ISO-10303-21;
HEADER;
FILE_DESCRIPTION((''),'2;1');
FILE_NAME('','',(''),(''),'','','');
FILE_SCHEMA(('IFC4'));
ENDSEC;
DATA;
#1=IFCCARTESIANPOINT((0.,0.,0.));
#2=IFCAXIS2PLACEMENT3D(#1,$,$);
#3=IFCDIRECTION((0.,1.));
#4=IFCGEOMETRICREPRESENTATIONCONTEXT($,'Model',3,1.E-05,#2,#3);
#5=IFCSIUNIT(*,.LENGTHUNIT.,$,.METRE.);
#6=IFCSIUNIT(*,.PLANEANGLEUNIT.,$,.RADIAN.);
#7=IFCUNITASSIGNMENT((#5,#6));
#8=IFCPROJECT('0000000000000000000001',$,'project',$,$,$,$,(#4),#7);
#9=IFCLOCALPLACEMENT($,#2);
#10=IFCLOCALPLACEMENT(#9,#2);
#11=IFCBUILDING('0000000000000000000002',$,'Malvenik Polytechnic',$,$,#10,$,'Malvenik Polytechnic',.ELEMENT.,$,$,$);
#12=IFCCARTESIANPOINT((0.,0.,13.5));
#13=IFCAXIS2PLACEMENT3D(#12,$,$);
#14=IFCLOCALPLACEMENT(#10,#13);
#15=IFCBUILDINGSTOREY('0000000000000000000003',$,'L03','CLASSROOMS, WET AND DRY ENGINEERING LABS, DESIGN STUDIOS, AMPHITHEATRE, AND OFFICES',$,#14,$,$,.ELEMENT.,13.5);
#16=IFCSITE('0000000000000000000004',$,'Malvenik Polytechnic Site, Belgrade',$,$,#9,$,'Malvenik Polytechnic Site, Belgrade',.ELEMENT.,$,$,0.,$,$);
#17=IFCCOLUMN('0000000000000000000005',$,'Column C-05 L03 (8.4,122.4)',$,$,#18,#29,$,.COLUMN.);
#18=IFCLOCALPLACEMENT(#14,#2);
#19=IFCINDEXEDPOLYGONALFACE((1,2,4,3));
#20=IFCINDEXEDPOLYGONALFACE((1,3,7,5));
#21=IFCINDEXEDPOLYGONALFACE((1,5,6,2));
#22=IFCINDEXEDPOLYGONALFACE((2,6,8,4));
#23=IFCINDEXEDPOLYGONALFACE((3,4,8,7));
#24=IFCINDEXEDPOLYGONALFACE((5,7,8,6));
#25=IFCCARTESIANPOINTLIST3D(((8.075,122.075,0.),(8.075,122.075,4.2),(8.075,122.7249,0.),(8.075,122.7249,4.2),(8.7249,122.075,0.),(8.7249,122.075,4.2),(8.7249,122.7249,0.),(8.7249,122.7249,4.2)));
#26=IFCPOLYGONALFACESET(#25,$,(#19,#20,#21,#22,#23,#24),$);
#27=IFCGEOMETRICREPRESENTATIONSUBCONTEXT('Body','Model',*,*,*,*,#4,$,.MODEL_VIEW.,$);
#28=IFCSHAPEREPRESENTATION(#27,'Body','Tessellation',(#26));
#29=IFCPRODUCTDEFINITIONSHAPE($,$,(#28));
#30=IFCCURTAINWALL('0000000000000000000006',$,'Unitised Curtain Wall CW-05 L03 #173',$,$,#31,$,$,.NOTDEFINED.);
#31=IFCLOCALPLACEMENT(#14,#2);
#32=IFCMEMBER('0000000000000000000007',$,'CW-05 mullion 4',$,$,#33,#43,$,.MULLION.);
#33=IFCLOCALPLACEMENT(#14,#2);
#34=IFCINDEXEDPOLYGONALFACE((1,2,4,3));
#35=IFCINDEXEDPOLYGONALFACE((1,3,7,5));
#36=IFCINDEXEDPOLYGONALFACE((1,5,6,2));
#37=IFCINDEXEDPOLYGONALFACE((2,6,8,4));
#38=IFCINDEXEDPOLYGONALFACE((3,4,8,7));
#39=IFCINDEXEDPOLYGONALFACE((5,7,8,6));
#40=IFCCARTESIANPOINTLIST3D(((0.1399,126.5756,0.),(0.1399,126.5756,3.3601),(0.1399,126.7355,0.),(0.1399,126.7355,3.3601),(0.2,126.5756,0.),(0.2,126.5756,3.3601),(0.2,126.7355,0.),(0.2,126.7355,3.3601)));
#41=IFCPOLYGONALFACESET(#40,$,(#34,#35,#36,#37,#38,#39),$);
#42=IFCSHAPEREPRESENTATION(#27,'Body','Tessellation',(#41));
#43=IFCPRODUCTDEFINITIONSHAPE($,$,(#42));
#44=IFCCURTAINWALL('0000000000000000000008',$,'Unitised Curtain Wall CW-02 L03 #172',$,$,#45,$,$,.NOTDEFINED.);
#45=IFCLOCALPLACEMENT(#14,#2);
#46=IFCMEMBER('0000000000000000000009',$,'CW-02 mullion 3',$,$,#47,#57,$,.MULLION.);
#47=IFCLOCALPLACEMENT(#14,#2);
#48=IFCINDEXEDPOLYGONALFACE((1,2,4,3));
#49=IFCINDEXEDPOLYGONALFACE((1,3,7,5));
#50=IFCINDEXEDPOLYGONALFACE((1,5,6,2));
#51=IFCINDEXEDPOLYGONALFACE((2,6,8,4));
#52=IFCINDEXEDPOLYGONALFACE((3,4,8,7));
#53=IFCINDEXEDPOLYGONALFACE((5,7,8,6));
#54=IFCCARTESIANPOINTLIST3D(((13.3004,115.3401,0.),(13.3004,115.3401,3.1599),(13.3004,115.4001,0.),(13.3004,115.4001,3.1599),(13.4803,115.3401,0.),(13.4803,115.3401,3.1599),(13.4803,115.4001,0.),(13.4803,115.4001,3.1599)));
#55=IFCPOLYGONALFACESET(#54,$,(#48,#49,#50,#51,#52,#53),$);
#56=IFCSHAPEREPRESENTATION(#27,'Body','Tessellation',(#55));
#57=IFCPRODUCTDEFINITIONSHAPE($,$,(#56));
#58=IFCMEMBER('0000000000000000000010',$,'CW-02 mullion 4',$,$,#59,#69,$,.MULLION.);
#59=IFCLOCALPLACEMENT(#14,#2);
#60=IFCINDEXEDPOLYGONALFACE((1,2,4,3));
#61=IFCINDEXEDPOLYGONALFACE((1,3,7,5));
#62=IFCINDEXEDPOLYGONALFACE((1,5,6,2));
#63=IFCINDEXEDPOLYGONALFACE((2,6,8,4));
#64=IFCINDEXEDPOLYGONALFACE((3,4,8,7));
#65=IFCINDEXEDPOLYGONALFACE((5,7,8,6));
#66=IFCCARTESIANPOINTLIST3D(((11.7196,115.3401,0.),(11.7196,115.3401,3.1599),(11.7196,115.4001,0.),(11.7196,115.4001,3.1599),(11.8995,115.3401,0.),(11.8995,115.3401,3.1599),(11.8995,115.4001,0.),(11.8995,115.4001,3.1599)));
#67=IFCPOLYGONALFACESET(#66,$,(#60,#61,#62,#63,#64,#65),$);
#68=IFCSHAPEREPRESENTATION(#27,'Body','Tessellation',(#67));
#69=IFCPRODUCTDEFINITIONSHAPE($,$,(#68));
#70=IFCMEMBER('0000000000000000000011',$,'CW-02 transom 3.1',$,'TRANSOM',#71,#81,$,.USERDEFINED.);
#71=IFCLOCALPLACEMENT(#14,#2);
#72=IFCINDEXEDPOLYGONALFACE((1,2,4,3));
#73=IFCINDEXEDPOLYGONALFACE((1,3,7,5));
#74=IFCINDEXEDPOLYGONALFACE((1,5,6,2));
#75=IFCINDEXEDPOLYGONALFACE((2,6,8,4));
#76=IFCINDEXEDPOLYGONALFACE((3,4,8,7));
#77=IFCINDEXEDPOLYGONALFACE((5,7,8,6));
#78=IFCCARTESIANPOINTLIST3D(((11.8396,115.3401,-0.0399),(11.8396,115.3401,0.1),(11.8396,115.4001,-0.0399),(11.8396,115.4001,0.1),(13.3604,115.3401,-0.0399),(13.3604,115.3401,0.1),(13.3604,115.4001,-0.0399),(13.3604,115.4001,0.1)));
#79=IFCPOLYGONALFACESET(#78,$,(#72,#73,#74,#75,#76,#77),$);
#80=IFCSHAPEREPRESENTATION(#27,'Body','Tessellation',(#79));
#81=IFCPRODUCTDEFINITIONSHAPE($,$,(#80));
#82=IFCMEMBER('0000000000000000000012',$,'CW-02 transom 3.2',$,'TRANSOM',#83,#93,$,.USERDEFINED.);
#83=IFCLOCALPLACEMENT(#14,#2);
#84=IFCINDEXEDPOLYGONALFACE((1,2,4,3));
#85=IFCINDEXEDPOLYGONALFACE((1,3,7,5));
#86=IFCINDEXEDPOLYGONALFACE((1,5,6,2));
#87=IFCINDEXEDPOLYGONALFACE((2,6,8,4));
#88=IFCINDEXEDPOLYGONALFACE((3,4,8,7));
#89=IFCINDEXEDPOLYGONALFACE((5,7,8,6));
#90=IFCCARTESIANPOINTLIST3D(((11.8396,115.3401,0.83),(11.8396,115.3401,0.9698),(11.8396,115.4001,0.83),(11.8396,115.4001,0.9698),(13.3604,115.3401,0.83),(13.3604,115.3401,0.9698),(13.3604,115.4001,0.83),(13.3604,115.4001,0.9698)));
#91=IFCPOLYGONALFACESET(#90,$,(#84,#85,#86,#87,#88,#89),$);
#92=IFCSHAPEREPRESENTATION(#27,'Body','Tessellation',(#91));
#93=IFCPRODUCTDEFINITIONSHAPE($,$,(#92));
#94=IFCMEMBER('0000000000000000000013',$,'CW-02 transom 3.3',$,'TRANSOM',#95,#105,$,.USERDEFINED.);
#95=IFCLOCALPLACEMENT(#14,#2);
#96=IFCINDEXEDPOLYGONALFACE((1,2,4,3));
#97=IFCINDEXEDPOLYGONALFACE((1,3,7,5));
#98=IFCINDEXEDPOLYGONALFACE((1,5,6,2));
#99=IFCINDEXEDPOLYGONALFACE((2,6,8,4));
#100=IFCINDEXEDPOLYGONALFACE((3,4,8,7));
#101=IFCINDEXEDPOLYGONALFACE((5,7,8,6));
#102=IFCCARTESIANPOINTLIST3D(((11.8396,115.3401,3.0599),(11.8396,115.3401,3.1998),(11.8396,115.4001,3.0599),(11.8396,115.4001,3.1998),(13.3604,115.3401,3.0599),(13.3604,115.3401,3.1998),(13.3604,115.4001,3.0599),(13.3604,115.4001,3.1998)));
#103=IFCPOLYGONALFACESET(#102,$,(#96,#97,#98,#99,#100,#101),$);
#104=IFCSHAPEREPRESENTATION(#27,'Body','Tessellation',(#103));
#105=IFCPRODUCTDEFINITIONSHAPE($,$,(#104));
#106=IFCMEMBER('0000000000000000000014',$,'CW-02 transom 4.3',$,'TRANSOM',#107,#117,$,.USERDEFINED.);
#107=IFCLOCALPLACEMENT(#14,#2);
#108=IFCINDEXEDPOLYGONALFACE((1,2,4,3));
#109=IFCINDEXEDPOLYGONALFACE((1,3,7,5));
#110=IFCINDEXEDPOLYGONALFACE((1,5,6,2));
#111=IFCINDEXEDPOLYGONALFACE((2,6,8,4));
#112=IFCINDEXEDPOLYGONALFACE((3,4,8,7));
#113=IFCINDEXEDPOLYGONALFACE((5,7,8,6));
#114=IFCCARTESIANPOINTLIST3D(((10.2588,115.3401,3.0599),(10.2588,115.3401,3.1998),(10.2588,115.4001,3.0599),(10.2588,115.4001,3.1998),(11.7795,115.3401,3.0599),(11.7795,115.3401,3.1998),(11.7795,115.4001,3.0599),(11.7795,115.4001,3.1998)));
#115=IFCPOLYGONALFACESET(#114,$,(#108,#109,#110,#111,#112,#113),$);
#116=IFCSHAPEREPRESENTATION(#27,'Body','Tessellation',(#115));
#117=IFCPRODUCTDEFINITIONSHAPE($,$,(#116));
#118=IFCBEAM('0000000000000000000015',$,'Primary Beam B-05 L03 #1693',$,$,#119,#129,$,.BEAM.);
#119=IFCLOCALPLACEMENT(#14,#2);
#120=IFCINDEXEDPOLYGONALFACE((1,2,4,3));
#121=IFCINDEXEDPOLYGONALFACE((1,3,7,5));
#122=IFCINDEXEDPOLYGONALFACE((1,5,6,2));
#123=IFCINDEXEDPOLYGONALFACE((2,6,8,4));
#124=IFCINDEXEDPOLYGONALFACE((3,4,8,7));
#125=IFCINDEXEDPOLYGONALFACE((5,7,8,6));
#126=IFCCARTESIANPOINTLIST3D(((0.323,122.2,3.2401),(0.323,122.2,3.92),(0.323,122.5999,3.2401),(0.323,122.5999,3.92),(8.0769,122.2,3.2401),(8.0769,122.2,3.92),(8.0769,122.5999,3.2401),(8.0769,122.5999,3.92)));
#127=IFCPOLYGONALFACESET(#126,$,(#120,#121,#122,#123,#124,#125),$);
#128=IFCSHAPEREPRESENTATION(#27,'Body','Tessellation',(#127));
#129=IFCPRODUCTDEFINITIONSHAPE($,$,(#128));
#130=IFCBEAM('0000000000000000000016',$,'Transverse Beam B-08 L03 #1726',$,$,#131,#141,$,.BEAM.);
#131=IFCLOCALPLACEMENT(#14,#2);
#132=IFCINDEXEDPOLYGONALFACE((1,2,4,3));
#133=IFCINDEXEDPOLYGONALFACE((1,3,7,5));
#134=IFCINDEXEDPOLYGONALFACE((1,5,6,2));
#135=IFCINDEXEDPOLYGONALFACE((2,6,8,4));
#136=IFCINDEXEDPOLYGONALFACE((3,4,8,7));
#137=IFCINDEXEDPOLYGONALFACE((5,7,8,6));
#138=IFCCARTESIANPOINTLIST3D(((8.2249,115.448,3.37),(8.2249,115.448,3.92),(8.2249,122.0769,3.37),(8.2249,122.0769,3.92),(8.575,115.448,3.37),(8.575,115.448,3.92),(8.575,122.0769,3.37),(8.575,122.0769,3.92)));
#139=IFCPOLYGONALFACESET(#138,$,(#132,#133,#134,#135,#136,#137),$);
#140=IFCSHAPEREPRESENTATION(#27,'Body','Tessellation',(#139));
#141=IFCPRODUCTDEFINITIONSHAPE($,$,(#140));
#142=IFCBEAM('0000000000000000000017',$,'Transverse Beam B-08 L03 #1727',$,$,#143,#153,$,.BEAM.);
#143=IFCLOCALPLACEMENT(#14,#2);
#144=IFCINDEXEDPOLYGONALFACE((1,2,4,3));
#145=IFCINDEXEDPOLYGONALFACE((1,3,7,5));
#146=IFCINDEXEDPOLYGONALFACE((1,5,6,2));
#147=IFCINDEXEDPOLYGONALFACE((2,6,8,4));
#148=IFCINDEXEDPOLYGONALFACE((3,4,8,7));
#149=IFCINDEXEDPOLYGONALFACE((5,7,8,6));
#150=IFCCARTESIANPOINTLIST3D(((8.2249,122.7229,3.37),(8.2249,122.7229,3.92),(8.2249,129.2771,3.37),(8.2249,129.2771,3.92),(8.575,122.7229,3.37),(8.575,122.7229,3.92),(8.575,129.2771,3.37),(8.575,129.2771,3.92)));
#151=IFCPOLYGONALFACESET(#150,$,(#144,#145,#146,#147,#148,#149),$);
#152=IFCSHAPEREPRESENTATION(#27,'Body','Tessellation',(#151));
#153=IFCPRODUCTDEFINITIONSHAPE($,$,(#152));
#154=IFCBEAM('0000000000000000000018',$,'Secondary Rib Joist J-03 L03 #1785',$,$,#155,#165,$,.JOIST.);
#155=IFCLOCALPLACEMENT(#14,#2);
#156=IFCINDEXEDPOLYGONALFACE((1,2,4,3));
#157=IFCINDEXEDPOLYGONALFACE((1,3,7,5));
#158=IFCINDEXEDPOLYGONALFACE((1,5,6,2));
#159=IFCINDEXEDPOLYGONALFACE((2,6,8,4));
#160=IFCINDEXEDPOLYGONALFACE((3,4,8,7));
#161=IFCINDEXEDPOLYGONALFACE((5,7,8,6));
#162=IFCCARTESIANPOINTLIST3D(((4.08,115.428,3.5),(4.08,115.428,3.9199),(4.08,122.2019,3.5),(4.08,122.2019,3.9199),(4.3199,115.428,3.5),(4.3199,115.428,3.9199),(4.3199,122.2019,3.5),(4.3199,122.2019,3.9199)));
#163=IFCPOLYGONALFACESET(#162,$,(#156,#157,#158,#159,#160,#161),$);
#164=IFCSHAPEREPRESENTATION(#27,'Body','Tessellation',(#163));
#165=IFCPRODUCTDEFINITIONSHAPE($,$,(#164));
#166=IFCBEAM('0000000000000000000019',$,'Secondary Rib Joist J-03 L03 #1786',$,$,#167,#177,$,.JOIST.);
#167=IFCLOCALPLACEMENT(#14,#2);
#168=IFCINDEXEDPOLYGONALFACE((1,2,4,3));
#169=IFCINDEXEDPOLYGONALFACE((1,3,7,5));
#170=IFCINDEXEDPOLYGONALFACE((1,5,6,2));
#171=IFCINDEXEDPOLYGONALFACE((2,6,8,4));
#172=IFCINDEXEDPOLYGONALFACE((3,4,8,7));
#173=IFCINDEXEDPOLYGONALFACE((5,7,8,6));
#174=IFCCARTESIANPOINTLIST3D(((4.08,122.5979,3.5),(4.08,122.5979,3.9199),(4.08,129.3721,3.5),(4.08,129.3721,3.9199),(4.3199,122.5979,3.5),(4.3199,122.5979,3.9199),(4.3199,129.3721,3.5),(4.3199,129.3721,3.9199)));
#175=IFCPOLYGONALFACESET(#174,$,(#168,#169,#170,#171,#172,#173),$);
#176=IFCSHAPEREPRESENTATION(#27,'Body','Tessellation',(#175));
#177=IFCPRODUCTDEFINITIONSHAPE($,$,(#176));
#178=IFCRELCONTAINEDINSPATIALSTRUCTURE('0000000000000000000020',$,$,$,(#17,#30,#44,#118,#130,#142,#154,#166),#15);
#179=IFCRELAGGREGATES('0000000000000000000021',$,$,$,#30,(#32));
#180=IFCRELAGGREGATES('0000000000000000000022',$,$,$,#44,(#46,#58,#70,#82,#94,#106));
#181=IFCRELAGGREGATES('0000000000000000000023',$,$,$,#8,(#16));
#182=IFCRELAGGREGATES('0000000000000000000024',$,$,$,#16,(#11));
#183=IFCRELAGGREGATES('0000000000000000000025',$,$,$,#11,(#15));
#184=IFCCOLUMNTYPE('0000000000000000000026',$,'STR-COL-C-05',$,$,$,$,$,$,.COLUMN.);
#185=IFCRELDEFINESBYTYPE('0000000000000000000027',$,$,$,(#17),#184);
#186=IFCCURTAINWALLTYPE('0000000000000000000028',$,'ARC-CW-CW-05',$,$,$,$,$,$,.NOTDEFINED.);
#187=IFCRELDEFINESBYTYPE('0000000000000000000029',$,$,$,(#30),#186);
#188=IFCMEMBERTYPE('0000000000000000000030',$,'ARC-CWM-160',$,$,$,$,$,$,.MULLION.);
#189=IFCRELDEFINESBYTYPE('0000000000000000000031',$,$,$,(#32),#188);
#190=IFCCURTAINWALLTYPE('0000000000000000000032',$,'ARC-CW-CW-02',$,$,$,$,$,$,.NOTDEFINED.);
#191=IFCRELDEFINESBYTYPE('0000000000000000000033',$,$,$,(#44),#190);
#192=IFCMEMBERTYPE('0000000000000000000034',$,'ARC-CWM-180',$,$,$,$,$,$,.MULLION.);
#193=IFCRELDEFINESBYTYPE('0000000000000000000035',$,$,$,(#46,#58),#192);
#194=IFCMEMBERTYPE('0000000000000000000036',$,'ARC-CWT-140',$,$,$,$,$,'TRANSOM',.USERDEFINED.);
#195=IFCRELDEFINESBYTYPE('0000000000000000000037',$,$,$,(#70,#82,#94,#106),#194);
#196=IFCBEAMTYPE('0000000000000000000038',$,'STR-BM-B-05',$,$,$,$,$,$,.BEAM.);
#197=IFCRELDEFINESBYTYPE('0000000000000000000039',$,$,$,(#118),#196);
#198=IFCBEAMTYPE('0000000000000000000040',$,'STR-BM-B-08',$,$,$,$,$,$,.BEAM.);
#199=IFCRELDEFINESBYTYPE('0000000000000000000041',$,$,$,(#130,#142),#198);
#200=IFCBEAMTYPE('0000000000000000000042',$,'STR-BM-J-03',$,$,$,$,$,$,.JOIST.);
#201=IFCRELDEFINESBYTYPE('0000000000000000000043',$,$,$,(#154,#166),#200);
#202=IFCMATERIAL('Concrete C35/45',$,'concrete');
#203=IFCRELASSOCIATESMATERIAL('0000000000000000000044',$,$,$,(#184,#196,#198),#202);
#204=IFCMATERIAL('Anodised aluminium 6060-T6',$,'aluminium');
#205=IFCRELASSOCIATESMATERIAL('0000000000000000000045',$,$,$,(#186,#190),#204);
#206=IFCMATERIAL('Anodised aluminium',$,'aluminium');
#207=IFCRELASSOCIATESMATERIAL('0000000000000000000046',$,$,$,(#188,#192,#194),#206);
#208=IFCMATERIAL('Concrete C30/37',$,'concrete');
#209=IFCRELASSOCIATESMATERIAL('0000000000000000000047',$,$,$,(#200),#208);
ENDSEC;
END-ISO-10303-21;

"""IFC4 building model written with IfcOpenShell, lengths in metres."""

from ifc_helpers import new_model, si_unit, direction, frame, origin, origin_2d, place, context, subcontext, project, spatial, rectangle, extrude, material, material_profile, profile_set, type_object, element, aggregate, save


model = new_model("IFC4")

# Units and contexts
model_context = context("Model", 3, precision=1e-05, world=origin(), true_north=direction((0.0, 1.0)))
body_context = subcontext(model_context, "Body", "Model", "MODEL_VIEW")
ifc_project = project(units=[si_unit("LENGTHUNIT", "METRE"), si_unit("PLANEANGLEUNIT", "RADIAN")], contexts=[model_context])

# Site, building, storey
site_placement = place(None, origin())
site = spatial("IfcSite", under=ifc_project, at=site_placement, Name="Malvenik Polytechnic Site, Belgrade", LongName="Malvenik Polytechnic Site, Belgrade", CompositionType="ELEMENT", RefElevation=0.0)
building_placement = place(site_placement, origin())
building = spatial("IfcBuilding", under=site, at=building_placement, Name="Malvenik Polytechnic", LongName="Malvenik Polytechnic", CompositionType="ELEMENT")
storey_placement = place(building_placement, frame((0.0, 0.0, 13.5)))
storey = spatial("IfcBuildingStorey", under=building, at=storey_placement, Name="L03", Description="CLASSROOMS, WET AND DRY ENGINEERING LABS, DESIGN STUDIOS, AMPHITHEATRE, AND OFFICES", CompositionType="ELEMENT", Elevation=13.5)

# Column
ifc_material_1 = material(Name="Concrete C35/45", Category="concrete")
ifc_material_profile_1 = material_profile(ifc_material_1, rectangle(XDim=0.6499, YDim=0.6499, at=origin_2d()), Name="RC COL 650x650")
ifc_profile_set_1 = profile_set([ifc_material_profile_1], Name="Concrete C35/45")
column_type = type_object("IfcColumnType", Name="STR-COL-C-05", PredefinedType="COLUMN", material=ifc_profile_set_1)
column_placement = place(storey_placement, frame((8.3999, 122.3999, 0.0), z_axis=(0.0, 0.0, 1.0), x_axis=(1.0, 0.0, 0.0)))
element("IfcColumn", 1, at=column_placement, inside=storey, type_object=column_type, Name="Column C-05 L03 (8.4,122.4)", PredefinedType="COLUMN", context=body_context, shape_type="SweptSolid", body=[
    extrude(rectangle(XDim=0.6499, YDim=0.6499, at=origin_2d()), origin(), (0.0, 0.0, 1.0), 4.2),
])

# Curtain wall, member
ifc_material_2 = material(Name="Anodised aluminium 6060-T6", Category="aluminium")
curtain_wall_type_1 = type_object("IfcCurtainWallType", Name="ARC-CW-CW-05", PredefinedType="NOTDEFINED", material=ifc_material_2)
curtain_wall_1_placement = place(storey_placement, origin())
curtain_wall_1 = element("IfcCurtainWall", 2, at=curtain_wall_1_placement, inside=storey, type_object=curtain_wall_type_1, Name="Unitised Curtain Wall CW-05 L03 #173", PredefinedType="NOTDEFINED")
ifc_material_3 = material(Name="Anodised aluminium", Category="aluminium")
ifc_material_profile_2 = material_profile(ifc_material_3, rectangle(XDim=0.0601, YDim=0.1599, at=origin_2d()), Name="ALU MULLION 60x160")
ifc_profile_set_2 = profile_set([ifc_material_profile_2], Name="Anodised aluminium")
member_type_1 = type_object("IfcMemberType", Name="ARC-CWM-160", PredefinedType="MULLION", material=ifc_profile_set_2)
member_1_placement = place(storey_placement, frame((0.1699, 126.6555, 0.0), z_axis=(0.0, 0.0, 1.0), x_axis=(-1.0, 0.0, 0.0)))
member_1 = element("IfcMember", 3, at=member_1_placement, type_object=member_type_1, Name="CW-05 mullion 4", PredefinedType="MULLION", context=body_context, shape_type="SweptSolid", body=[
    extrude(rectangle(XDim=0.0601, YDim=0.1599, at=origin_2d()), origin(), (0.0, 0.0, 1.0), 3.3601),
])

# Curtain wall, members
curtain_wall_type_2 = type_object("IfcCurtainWallType", Name="ARC-CW-CW-02", PredefinedType="NOTDEFINED", material=ifc_material_2)
curtain_wall_2_placement = place(storey_placement, origin())
curtain_wall_2 = element("IfcCurtainWall", 4, at=curtain_wall_2_placement, inside=storey, type_object=curtain_wall_type_2, Name="Unitised Curtain Wall CW-02 L03 #172", PredefinedType="NOTDEFINED")
ifc_material_profile_3 = material_profile(ifc_material_3, rectangle(XDim=0.0601, YDim=0.1799, at=origin_2d()), Name="ALU MULLION 60x180")
ifc_profile_set_3 = profile_set([ifc_material_profile_3], Name="Anodised aluminium")
member_type_2 = type_object("IfcMemberType", Name="ARC-CWM-180", PredefinedType="MULLION", material=ifc_profile_set_3)
member_2_placement = place(storey_placement, frame((13.3904, 115.3701, 0.0), z_axis=(0.0, 0.0, 1.0), x_axis=(0.0, -1.0, 0.0)))
member_2 = element("IfcMember", 5, at=member_2_placement, type_object=member_type_2, Name="CW-02 mullion 3", PredefinedType="MULLION", context=body_context, shape_type="SweptSolid", body=[
    extrude(rectangle(XDim=0.0601, YDim=0.1799, at=origin_2d()), origin(), (0.0, 0.0, 1.0), 3.1599),
])
member_3_placement = place(storey_placement, frame((11.8096, 115.3701, 0.0), z_axis=(0.0, 0.0, 1.0), x_axis=(0.0, -1.0, 0.0)))
member_3 = element("IfcMember", 6, at=member_3_placement, type_object=member_type_2, Name="CW-02 mullion 4", PredefinedType="MULLION", context=body_context, shape_type="SweptSolid", body=[
    extrude(rectangle(XDim=0.0601, YDim=0.1799, at=origin_2d()), origin(), (0.0, 0.0, 1.0), 3.1599),
])
ifc_material_profile_4 = material_profile(ifc_material_3, rectangle(XDim=0.0601, YDim=0.1399, at=origin_2d()), Name="ALU TRANSOM 60x140")
ifc_profile_set_4 = profile_set([ifc_material_profile_4], Name="Anodised aluminium")
member_type_3 = type_object("IfcMemberType", Name="ARC-CWT-140", ElementType="TRANSOM", PredefinedType="USERDEFINED", material=ifc_profile_set_4)
member_4_placement = place(storey_placement, frame((13.3604, 115.3701, 0.03), z_axis=(-1.0, 0.0, 0.0), x_axis=(0.0, -1.0, 0.0)))
member_4 = element("IfcMember", 7, at=member_4_placement, type_object=member_type_3, Name="CW-02 transom 3.1", ObjectType="TRANSOM", PredefinedType="USERDEFINED", context=body_context, shape_type="SweptSolid", body=[
    extrude(rectangle(XDim=0.0601, YDim=0.1399, at=origin_2d()), origin(), (0.0, 0.0, 1.0), 1.5208),
])
member_5_placement = place(storey_placement, frame((13.3604, 115.3701, 0.8999), z_axis=(-1.0, 0.0, 0.0), x_axis=(0.0, -1.0, 0.0)))
member_5 = element("IfcMember", 8, at=member_5_placement, type_object=member_type_3, Name="CW-02 transom 3.2", ObjectType="TRANSOM", PredefinedType="USERDEFINED", context=body_context, shape_type="SweptSolid", body=[
    extrude(rectangle(XDim=0.0601, YDim=0.1399, at=origin_2d()), origin(), (0.0, 0.0, 1.0), 1.5208),
])
member_6_placement = place(storey_placement, frame((13.3604, 115.3701, 3.1299), z_axis=(-1.0, 0.0, 0.0), x_axis=(0.0, -1.0, 0.0)))
member_6 = element("IfcMember", 9, at=member_6_placement, type_object=member_type_3, Name="CW-02 transom 3.3", ObjectType="TRANSOM", PredefinedType="USERDEFINED", context=body_context, shape_type="SweptSolid", body=[
    extrude(rectangle(XDim=0.0601, YDim=0.1399, at=origin_2d()), origin(), (0.0, 0.0, 1.0), 1.5208),
])
member_7_placement = place(storey_placement, frame((11.7795, 115.3701, 3.1299), z_axis=(-1.0, 0.0, 0.0), x_axis=(0.0, -1.0, 0.0)))
member_7 = element("IfcMember", 10, at=member_7_placement, type_object=member_type_3, Name="CW-02 transom 4.3", ObjectType="TRANSOM", PredefinedType="USERDEFINED", context=body_context, shape_type="SweptSolid", body=[
    extrude(rectangle(XDim=0.0601, YDim=0.1399, at=origin_2d()), origin(), (0.0, 0.0, 1.0), 1.5208),
])

# Beams
ifc_material_profile_5 = material_profile(ifc_material_1, rectangle(XDim=0.3999, YDim=0.6799, at=origin_2d()), Name="RC BM 400x680")
ifc_profile_set_5 = profile_set([ifc_material_profile_5], Name="Concrete C35/45")
beam_type_1 = type_object("IfcBeamType", Name="STR-BM-B-05", PredefinedType="BEAM", material=ifc_profile_set_5)
beam_1_placement = place(storey_placement, frame((0.323, 122.3999, 3.5801), z_axis=(1.0, 0.0, 0.0), x_axis=(0.0, 1.0, 0.0)))
element("IfcBeam", 11, at=beam_1_placement, inside=storey, type_object=beam_type_1, Name="Primary Beam B-05 L03 #1693", PredefinedType="BEAM", context=body_context, shape_type="SweptSolid", body=[
    extrude(rectangle(XDim=0.3999, YDim=0.6799, at=origin_2d()), origin(), (0.0, 0.0, 1.0), 7.7539),
])
ifc_material_profile_6 = material_profile(ifc_material_1, rectangle(XDim=0.3501, YDim=0.55, at=origin_2d()), Name="RC BM 350x550")
ifc_profile_set_6 = profile_set([ifc_material_profile_6], Name="Concrete C35/45")
beam_type_2 = type_object("IfcBeamType", Name="STR-BM-B-08", PredefinedType="BEAM", material=ifc_profile_set_6)
beam_2_placement = place(storey_placement, frame((8.3999, 115.448, 3.645), z_axis=(0.0, 1.0, 0.0), x_axis=(-1.0, 0.0, 0.0)))
element("IfcBeam", 12, at=beam_2_placement, inside=storey, type_object=beam_type_2, Name="Transverse Beam B-08 L03 #1726", PredefinedType="BEAM", context=body_context, shape_type="SweptSolid", body=[
    extrude(rectangle(XDim=0.3501, YDim=0.55, at=origin_2d()), origin(), (0.0, 0.0, 1.0), 6.6289),
])
beam_3_placement = place(storey_placement, frame((8.3999, 122.7229, 3.645), z_axis=(0.0, 1.0, 0.0), x_axis=(-1.0, 0.0, 0.0)))
element("IfcBeam", 13, at=beam_3_placement, inside=storey, type_object=beam_type_2, Name="Transverse Beam B-08 L03 #1727", PredefinedType="BEAM", context=body_context, shape_type="SweptSolid", body=[
    extrude(rectangle(XDim=0.3501, YDim=0.55, at=origin_2d()), origin(), (0.0, 0.0, 1.0), 6.5542),
])
ifc_material_4 = material(Name="Concrete C30/37", Category="concrete")
ifc_material_profile_7 = material_profile(ifc_material_4, rectangle(XDim=0.24, YDim=0.4199, at=origin_2d()), Name="RC JST 240x420")
ifc_profile_set_7 = profile_set([ifc_material_profile_7], Name="Concrete C30/37")
beam_type_3 = type_object("IfcBeamType", Name="STR-BM-J-03", PredefinedType="JOIST", material=ifc_profile_set_7)
beam_4_placement = place(storey_placement, frame((4.2, 115.428, 3.71), z_axis=(0.0, 1.0, 0.0), x_axis=(-1.0, 0.0, 0.0)))
element("IfcBeam", 14, at=beam_4_placement, inside=storey, type_object=beam_type_3, Name="Secondary Rib Joist J-03 L03 #1785", PredefinedType="JOIST", context=body_context, shape_type="SweptSolid", body=[
    extrude(rectangle(XDim=0.24, YDim=0.4199, at=origin_2d()), origin(), (0.0, 0.0, 1.0), 6.7739),
])
beam_5_placement = place(storey_placement, frame((4.2, 122.5979, 3.71), z_axis=(0.0, 1.0, 0.0), x_axis=(-1.0, 0.0, 0.0)))
element("IfcBeam", 15, at=beam_5_placement, inside=storey, type_object=beam_type_3, Name="Secondary Rib Joist J-03 L03 #1786", PredefinedType="JOIST", context=body_context, shape_type="SweptSolid", body=[
    extrude(rectangle(XDim=0.24, YDim=0.4199, at=origin_2d()), origin(), (0.0, 0.0, 1.0), 6.7742),
])

aggregate(curtain_wall_1, [member_1])
aggregate(curtain_wall_2, [member_2, member_3, member_4, member_5, member_6, member_7])

save(model, "model.ifc")
